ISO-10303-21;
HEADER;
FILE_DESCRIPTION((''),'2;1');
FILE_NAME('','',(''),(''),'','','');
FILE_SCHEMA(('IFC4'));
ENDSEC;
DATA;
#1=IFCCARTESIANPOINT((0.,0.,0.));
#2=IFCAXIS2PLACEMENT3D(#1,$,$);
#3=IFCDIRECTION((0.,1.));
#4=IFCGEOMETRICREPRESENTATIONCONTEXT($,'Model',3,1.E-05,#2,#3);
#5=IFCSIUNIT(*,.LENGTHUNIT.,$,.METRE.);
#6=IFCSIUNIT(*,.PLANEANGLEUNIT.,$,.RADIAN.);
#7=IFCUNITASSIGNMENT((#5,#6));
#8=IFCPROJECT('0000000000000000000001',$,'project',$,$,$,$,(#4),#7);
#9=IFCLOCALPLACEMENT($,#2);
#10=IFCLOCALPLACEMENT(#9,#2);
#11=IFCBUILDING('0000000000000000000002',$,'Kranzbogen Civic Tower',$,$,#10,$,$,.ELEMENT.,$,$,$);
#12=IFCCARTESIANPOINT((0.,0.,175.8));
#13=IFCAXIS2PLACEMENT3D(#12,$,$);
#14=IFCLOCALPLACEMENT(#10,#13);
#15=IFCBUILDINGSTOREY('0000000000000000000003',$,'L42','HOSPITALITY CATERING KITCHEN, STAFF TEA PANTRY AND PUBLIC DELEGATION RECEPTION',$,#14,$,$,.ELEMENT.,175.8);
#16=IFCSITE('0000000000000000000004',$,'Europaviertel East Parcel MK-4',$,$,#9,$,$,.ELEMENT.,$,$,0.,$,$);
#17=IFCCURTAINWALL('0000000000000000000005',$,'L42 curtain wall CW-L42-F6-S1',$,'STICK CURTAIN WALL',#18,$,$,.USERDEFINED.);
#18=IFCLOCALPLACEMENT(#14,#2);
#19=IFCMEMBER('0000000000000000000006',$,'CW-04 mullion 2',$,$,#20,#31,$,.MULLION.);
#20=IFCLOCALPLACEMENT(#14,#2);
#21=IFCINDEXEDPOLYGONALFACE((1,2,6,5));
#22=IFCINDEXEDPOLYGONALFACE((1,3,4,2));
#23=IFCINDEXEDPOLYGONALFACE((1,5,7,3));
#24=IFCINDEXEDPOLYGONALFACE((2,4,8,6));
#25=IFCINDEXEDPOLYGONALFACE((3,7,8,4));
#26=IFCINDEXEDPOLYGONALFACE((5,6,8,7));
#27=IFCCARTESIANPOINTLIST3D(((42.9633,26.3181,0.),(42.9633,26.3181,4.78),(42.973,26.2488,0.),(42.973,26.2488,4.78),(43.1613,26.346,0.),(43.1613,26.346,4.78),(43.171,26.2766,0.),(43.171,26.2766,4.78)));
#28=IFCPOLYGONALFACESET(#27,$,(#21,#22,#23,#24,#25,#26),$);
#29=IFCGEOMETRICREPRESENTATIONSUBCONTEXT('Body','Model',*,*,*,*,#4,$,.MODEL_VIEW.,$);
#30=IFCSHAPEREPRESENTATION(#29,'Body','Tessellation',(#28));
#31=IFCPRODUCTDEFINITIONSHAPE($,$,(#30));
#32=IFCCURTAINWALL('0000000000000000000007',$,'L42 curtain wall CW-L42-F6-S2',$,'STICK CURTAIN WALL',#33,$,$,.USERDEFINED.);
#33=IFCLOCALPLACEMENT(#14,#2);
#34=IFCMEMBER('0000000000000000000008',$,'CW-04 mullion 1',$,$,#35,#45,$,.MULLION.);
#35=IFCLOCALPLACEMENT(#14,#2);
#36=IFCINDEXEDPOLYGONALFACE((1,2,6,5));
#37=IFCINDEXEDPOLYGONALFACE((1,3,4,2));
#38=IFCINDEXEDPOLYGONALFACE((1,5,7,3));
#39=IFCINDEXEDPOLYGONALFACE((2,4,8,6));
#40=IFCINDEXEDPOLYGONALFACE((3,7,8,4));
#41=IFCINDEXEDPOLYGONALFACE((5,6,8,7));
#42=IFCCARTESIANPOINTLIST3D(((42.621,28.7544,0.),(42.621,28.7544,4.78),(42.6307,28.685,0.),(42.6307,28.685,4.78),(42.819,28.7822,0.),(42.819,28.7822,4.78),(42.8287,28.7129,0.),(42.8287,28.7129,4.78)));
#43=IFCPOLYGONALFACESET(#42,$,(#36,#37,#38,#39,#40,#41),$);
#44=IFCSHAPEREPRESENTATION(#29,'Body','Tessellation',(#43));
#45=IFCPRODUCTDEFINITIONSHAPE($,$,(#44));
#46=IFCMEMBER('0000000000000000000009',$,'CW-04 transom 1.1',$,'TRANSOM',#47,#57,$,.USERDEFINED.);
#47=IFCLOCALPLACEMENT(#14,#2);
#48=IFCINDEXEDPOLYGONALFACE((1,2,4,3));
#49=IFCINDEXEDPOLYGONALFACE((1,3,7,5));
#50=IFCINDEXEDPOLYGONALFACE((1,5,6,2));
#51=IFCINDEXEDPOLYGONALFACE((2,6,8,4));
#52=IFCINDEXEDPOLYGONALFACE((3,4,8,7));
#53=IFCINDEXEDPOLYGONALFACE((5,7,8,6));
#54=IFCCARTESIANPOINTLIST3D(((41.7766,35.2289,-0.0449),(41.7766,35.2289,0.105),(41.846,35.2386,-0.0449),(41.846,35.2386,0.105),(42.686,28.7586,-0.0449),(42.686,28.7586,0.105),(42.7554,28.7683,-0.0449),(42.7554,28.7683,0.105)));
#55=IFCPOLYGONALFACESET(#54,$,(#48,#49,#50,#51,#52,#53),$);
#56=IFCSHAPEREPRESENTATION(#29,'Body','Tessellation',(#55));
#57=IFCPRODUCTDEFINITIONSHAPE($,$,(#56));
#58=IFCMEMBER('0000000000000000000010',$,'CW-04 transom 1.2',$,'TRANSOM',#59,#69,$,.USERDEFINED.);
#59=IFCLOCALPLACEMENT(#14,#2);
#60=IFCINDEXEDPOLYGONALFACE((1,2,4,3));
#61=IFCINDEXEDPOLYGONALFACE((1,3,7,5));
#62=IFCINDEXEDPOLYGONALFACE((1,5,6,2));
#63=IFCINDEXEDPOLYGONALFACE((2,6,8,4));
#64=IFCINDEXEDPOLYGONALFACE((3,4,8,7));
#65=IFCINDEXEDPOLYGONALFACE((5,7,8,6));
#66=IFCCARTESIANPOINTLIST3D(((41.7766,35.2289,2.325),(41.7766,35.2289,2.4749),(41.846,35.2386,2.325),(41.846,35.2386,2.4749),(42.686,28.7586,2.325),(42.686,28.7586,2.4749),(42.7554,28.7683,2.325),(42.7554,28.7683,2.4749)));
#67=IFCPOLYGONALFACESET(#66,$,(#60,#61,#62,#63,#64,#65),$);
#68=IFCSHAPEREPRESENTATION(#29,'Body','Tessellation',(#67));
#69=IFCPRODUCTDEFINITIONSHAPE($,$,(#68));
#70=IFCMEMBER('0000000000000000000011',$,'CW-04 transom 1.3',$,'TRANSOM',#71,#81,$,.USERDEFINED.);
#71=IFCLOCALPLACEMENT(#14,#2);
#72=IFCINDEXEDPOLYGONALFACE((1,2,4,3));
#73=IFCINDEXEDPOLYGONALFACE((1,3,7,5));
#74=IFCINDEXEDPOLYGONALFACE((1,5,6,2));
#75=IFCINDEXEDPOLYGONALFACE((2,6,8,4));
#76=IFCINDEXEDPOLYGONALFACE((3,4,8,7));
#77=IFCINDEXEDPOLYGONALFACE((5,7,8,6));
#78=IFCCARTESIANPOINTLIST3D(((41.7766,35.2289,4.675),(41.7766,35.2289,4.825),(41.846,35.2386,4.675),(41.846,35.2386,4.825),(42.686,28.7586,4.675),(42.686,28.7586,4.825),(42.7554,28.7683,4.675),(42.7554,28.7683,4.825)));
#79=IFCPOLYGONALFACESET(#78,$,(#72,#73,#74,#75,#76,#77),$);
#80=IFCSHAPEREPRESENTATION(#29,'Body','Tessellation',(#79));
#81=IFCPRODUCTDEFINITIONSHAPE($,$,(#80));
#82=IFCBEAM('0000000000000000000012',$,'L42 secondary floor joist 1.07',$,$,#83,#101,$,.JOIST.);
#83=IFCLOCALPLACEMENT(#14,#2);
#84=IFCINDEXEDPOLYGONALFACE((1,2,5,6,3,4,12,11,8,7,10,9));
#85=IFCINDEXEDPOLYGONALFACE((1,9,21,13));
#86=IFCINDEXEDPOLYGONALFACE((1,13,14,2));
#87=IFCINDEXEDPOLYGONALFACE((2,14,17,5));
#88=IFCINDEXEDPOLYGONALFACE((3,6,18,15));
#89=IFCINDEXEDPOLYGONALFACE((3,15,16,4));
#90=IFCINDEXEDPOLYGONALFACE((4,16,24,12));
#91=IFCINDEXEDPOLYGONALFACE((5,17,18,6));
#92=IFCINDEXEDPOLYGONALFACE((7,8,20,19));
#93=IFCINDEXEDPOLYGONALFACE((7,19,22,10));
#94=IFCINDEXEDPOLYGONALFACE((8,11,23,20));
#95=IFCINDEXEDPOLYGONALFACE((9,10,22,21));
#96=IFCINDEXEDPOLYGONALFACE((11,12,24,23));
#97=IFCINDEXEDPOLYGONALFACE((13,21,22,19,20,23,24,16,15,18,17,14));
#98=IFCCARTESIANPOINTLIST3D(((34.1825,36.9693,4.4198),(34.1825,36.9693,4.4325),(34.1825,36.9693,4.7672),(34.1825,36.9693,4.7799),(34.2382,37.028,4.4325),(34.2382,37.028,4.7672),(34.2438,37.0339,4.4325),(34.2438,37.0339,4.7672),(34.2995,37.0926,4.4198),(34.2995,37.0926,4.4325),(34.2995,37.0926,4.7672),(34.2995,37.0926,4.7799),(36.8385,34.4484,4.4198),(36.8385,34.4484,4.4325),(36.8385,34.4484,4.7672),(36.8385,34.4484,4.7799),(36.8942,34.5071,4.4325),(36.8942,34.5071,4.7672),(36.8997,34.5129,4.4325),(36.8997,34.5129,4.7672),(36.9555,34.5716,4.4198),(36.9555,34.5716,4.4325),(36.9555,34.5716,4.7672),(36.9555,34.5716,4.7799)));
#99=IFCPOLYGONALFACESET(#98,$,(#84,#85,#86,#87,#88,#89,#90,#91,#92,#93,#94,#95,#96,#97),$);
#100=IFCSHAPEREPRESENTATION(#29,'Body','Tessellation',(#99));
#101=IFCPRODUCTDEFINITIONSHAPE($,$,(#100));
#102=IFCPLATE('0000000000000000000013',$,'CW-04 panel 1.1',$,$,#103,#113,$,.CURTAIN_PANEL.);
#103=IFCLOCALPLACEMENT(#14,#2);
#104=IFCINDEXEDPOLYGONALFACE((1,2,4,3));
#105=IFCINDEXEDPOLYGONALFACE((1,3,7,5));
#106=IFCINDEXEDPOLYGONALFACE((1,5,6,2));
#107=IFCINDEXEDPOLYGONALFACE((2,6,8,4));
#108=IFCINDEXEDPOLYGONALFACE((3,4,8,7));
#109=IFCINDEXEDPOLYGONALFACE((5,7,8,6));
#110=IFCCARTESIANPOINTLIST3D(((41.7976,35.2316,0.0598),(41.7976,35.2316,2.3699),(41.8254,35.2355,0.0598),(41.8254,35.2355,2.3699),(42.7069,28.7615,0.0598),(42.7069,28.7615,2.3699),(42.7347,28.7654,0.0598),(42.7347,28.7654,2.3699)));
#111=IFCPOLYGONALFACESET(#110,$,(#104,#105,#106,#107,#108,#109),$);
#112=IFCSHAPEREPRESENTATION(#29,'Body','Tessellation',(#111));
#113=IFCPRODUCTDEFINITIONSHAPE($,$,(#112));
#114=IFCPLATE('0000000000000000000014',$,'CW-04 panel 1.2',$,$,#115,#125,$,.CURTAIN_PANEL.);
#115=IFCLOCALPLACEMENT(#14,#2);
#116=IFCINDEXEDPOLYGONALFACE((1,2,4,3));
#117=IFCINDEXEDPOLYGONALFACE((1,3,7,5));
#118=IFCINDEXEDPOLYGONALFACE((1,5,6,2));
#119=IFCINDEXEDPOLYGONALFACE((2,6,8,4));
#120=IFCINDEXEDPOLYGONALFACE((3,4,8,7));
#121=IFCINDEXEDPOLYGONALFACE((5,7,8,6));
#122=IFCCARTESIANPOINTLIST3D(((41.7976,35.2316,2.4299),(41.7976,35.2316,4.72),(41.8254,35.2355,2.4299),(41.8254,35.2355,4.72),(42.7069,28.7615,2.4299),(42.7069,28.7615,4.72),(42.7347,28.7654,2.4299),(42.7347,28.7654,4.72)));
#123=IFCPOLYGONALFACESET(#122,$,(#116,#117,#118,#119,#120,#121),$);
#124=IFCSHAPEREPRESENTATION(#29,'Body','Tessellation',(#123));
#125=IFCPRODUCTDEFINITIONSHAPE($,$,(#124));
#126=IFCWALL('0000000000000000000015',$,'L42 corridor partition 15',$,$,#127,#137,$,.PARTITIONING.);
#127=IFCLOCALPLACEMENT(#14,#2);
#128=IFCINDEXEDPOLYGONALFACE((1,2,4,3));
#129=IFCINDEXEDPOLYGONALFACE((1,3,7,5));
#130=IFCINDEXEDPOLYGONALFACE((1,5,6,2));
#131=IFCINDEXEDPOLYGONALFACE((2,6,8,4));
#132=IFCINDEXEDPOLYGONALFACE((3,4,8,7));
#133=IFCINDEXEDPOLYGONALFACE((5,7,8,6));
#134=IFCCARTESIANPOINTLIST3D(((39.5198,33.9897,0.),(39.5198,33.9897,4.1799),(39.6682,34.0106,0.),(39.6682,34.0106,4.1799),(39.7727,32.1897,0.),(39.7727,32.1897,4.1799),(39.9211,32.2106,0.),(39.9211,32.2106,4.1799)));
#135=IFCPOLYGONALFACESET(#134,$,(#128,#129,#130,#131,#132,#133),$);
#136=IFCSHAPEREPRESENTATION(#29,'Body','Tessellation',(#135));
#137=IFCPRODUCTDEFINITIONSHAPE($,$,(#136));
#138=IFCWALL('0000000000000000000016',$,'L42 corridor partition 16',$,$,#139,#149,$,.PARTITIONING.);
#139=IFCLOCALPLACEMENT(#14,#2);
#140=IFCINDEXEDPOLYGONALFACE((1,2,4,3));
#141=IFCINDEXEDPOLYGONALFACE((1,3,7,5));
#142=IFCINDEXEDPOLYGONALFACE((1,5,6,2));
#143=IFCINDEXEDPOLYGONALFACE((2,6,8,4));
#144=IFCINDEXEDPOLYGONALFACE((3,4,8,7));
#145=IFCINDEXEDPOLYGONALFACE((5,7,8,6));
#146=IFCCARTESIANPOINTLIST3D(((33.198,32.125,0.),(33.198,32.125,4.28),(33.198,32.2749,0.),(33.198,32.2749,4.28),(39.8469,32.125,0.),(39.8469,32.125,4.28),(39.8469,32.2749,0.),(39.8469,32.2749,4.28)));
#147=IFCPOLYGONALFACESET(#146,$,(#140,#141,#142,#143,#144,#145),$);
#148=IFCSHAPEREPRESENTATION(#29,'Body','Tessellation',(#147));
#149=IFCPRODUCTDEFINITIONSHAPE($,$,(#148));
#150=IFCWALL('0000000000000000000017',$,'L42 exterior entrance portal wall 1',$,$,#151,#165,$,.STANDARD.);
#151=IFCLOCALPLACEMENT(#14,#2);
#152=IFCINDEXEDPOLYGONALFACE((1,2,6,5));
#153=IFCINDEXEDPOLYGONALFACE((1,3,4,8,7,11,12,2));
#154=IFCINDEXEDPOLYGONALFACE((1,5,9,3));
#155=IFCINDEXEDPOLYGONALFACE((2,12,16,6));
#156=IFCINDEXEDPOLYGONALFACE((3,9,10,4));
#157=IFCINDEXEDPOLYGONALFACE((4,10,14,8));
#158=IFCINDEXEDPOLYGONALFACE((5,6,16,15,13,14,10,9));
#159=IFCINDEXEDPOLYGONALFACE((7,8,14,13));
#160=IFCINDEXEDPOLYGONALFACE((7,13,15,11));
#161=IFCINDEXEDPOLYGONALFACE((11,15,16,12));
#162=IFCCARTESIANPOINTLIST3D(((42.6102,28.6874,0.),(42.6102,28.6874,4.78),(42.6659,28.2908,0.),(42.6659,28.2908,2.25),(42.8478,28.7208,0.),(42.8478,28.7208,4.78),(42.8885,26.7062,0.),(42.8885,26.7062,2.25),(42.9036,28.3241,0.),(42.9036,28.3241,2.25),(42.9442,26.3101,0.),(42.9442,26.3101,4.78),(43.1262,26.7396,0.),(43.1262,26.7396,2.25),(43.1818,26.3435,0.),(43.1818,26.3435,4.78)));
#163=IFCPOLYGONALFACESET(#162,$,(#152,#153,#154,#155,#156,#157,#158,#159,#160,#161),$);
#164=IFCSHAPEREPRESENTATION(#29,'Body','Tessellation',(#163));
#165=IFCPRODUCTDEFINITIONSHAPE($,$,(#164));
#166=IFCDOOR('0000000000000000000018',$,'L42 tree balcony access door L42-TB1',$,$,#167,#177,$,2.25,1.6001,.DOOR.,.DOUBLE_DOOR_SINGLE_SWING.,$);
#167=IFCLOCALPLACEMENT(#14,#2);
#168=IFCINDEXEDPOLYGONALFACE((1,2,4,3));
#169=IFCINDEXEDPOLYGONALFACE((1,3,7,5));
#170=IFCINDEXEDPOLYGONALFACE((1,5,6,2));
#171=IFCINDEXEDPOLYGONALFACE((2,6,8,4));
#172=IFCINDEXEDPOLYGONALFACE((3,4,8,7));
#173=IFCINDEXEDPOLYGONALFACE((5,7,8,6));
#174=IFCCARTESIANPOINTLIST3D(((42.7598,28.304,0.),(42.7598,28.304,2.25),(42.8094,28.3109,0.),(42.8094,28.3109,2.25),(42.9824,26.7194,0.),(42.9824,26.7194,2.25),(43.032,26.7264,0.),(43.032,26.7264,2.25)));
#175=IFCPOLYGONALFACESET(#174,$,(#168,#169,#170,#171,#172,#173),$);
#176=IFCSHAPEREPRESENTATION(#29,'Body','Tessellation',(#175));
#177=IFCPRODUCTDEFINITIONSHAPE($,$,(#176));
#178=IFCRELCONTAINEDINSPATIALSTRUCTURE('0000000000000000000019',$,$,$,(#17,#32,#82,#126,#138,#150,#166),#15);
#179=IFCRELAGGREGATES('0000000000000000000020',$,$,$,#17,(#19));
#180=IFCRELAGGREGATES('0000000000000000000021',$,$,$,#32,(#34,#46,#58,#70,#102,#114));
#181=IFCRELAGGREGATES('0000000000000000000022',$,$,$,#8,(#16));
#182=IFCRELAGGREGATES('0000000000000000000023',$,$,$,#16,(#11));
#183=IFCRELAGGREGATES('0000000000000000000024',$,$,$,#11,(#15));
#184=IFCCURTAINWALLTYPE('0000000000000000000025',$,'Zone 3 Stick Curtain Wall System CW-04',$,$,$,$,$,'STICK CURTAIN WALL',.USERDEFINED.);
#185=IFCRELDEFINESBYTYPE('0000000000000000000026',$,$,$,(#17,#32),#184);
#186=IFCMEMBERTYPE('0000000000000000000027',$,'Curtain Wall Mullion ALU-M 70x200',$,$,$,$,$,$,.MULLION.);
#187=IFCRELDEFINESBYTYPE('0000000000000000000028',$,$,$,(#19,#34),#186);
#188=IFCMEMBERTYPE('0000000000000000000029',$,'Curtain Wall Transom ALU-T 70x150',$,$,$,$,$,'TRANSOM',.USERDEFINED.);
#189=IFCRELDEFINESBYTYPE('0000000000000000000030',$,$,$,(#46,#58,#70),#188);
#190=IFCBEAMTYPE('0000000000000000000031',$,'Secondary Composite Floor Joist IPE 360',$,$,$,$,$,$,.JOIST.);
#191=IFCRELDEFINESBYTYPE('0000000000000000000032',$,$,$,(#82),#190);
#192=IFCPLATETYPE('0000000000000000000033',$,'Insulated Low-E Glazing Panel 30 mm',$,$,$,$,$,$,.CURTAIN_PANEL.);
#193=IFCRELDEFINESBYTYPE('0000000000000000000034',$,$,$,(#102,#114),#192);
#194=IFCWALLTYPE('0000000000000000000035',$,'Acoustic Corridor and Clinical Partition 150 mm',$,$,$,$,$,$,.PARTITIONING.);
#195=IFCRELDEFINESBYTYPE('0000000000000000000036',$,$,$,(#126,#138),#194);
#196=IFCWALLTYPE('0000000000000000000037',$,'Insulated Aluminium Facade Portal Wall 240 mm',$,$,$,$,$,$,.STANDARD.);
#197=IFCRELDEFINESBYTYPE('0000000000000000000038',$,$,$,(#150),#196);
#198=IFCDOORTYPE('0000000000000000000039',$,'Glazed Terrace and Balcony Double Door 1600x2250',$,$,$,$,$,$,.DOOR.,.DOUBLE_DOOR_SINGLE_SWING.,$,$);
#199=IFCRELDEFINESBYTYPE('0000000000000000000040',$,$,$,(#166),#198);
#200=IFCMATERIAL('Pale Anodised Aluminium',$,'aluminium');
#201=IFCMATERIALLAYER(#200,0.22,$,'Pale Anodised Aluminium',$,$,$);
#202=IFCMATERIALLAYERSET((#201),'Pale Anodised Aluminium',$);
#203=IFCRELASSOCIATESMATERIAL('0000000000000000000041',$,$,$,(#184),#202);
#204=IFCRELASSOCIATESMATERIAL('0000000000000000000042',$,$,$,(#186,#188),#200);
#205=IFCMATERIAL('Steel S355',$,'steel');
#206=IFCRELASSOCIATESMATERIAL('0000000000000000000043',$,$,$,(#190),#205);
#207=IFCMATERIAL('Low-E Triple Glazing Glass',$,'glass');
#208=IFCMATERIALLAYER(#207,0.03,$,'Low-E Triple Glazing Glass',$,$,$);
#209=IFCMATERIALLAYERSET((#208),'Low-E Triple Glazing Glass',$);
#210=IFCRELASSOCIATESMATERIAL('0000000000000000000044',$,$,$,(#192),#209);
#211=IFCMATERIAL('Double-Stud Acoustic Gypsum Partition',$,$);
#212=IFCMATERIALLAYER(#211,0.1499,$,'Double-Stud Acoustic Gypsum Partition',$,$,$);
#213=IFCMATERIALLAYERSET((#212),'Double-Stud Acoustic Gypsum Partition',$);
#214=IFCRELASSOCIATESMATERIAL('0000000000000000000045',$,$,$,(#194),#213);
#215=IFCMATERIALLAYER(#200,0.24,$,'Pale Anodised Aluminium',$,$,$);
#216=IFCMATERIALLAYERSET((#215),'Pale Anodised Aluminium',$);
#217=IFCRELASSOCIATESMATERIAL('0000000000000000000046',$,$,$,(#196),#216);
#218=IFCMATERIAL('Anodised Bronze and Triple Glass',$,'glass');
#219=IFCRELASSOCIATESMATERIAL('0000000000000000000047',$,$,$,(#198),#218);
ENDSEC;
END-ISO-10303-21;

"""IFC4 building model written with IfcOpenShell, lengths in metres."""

from ifc_helpers import new_model, si_unit, direction, frame, frame_2d, origin, origin_2d, place, context, subcontext, project, spatial, rectangle, i_section, extrude, material, layer, layer_set, material_profile, profile_set, type_object, element, fill, aggregate, save


model = new_model("IFC4")

# Units and contexts
model_context = context("Model", 3, precision=1e-05, world=origin(), true_north=direction((0.0, 1.0)))
body_context = subcontext(model_context, "Body", "Model", "MODEL_VIEW")
ifc_project = project(units=[si_unit("LENGTHUNIT", "METRE"), si_unit("PLANEANGLEUNIT", "RADIAN")], contexts=[model_context])

# Site, building, storey
site_placement = place(None, origin())
site = spatial("IfcSite", under=ifc_project, at=site_placement, Name="Europaviertel East Parcel MK-4", CompositionType="ELEMENT", RefElevation=0.0)
building_placement = place(site_placement, origin())
building = spatial("IfcBuilding", under=site, at=building_placement, Name="Kranzbogen Civic Tower", CompositionType="ELEMENT")
storey_placement = place(building_placement, frame((0.0, 0.0, 175.8)))
storey = spatial("IfcBuildingStorey", under=building, at=storey_placement, Name="L42", Description="HOSPITALITY CATERING KITCHEN, STAFF TEA PANTRY AND PUBLIC DELEGATION RECEPTION", CompositionType="ELEMENT", Elevation=175.8)

# Curtain wall, member
ifc_material_1 = material(Name="Pale Anodised Aluminium", Category="aluminium")
ifc_layer_1 = layer(ifc_material_1, 0.22, Name="Pale Anodised Aluminium")
ifc_layer_set_1 = layer_set([ifc_layer_1], Name="Pale Anodised Aluminium")
curtain_wall_type = type_object("IfcCurtainWallType", Name="Zone 3 Stick Curtain Wall System CW-04", ElementType="STICK CURTAIN WALL", PredefinedType="USERDEFINED", material=ifc_layer_set_1)
curtain_wall_1_placement = place(storey_placement, origin())
curtain_wall_1 = element("IfcCurtainWall", 1, at=curtain_wall_1_placement, inside=storey, type_object=curtain_wall_type, Name="L42 curtain wall CW-L42-F6-S1", ObjectType="STICK CURTAIN WALL", PredefinedType="USERDEFINED")
ifc_material_profile_1 = material_profile(ifc_material_1, rectangle(XDim=0.0701, YDim=0.2, at=origin_2d()), Name="ALU-M 70x200")
ifc_profile_set_1 = profile_set([ifc_material_profile_1], Name="Pale Anodised Aluminium")
member_type_1 = type_object("IfcMemberType", Name="Curtain Wall Mullion ALU-M 70x200", PredefinedType="MULLION", material=ifc_profile_set_1)
member_1_placement = place(storey_placement, frame((43.0671, 26.2974, 0.0), z_axis=(0.0, 0.0, 1.0), x_axis=(-0.139149, 0.990271, 0.0)))
member_1 = element("IfcMember", 2, at=member_1_placement, type_object=member_type_1, Name="CW-04 mullion 2", PredefinedType="MULLION", context=body_context, shape_type="SweptSolid", body=[
    extrude(rectangle(XDim=0.0701, YDim=0.2, at=origin_2d()), origin(), (0.0, 0.0, 1.0), 4.78),
])
aggregate(curtain_wall_1, [member_1])

# Curtain wall, members
curtain_wall_2_placement = place(storey_placement, origin())
curtain_wall_2 = element("IfcCurtainWall", 3, at=curtain_wall_2_placement, inside=storey, type_object=curtain_wall_type, Name="L42 curtain wall CW-L42-F6-S2", ObjectType="STICK CURTAIN WALL", PredefinedType="USERDEFINED")
member_2_placement = place(storey_placement, frame((42.7249, 28.7336, 0.0), z_axis=(0.0, 0.0, 1.0), x_axis=(-0.13917, 0.990269, 0.0)))
member_2 = element("IfcMember", 4, at=member_2_placement, type_object=member_type_1, Name="CW-04 mullion 1", PredefinedType="MULLION", context=body_context, shape_type="SweptSolid", body=[
    extrude(rectangle(XDim=0.0701, YDim=0.2, at=origin_2d()), origin(), (0.0, 0.0, 1.0), 4.78),
])
ifc_material_profile_2 = material_profile(ifc_material_1, rectangle(XDim=0.0701, YDim=0.1499, at=origin_2d()), Name="ALU-T 70x150")
ifc_profile_set_2 = profile_set([ifc_material_profile_2], Name="Pale Anodised Aluminium")
member_type_2 = type_object("IfcMemberType", Name="Curtain Wall Transom ALU-T 70x150", ElementType="TRANSOM", PredefinedType="USERDEFINED", material=ifc_profile_set_2)
member_3_placement = place(storey_placement, frame((42.7207, 28.7634, 0.03), z_axis=(-0.139187, 0.990266, 0.0), x_axis=(-0.990266, -0.139187, 0.0)))
member_3 = element("IfcMember", 5, at=member_3_placement, type_object=member_type_2, Name="CW-04 transom 1.1", ObjectType="TRANSOM", PredefinedType="USERDEFINED", context=body_context, shape_type="SweptSolid", body=[
    extrude(rectangle(XDim=0.0701, YDim=0.1499, at=origin_2d()), origin(), (0.0, 0.0, 1.0), 6.5339),
])
member_4_placement = place(storey_placement, frame((42.7207, 28.7634, 2.3999), z_axis=(-0.139187, 0.990266, 0.0), x_axis=(-0.990266, -0.139187, 0.0)))
member_4 = element("IfcMember", 6, at=member_4_placement, type_object=member_type_2, Name="CW-04 transom 1.2", ObjectType="TRANSOM", PredefinedType="USERDEFINED", context=body_context, shape_type="SweptSolid", body=[
    extrude(rectangle(XDim=0.0701, YDim=0.1499, at=origin_2d()), origin(), (0.0, 0.0, 1.0), 6.5339),
])
member_5_placement = place(storey_placement, frame((42.7207, 28.7634, 4.75), z_axis=(-0.139187, 0.990266, 0.0), x_axis=(-0.990266, -0.139187, 0.0)))
member_5 = element("IfcMember", 7, at=member_5_placement, type_object=member_type_2, Name="CW-04 transom 1.3", ObjectType="TRANSOM", PredefinedType="USERDEFINED", context=body_context, shape_type="SweptSolid", body=[
    extrude(rectangle(XDim=0.0701, YDim=0.1499, at=origin_2d()), origin(), (0.0, 0.0, 1.0), 6.5339),
])

# Beam
ifc_material_2 = material(Name="Steel S355", Category="steel")
ifc_material_profile_3 = material_profile(ifc_material_2, i_section(OverallWidth=0.1699, OverallDepth=0.3601, WebThickness=0.0081, FlangeThickness=0.0127, at=origin_2d()), Name="IPE 360")
ifc_profile_set_3 = profile_set([ifc_material_profile_3], Name="Steel S355")
beam_type = type_object("IfcBeamType", Name="Secondary Composite Floor Joist IPE 360", PredefinedType="JOIST", material=ifc_profile_set_3)
beam_placement = place(storey_placement, frame((36.897, 34.51, 4.5999), z_axis=(-0.725301, 0.688432, 0.0), x_axis=(-0.688432, -0.725301, 0.0)))
element("IfcBeam", 8, at=beam_placement, inside=storey, type_object=beam_type, Name="L42 secondary floor joist 1.07", PredefinedType="JOIST", context=body_context, shape_type="SweptSolid", body=[
    extrude(i_section(OverallWidth=0.1699, OverallDepth=0.3601, WebThickness=0.0081, FlangeThickness=0.0127, at=origin_2d()), origin(), (0.0, 0.0, 1.0), 3.6619),
])

# Plates
ifc_material_3 = material(Name="Low-E Triple Glazing Glass", Category="glass")
ifc_layer_2 = layer(ifc_material_3, 0.03, Name="Low-E Triple Glazing Glass")
ifc_layer_set_2 = layer_set([ifc_layer_2], Name="Low-E Triple Glazing Glass")
plate_type = type_object("IfcPlateType", Name="Insulated Low-E Glazing Panel 30 mm", PredefinedType="CURTAIN_PANEL", material=ifc_layer_set_2)
plate_1_placement = place(storey_placement, frame((42.2661, 31.9985, 0.0598), z_axis=(0.0, 0.0, 1.0), x_axis=(-0.13917, 0.990269, 0.0)))
plate_1 = element("IfcPlate", 9, at=plate_1_placement, type_object=plate_type, Name="CW-04 panel 1.1", PredefinedType="CURTAIN_PANEL", context=body_context, shape_type="SweptSolid", body=[
    extrude(rectangle(XDim=6.5337, YDim=0.0281, at=origin_2d()), origin(), (0.0, 0.0, 1.0), 2.3101),
])
plate_2_placement = place(storey_placement, frame((42.2661, 31.9985, 2.4299), z_axis=(0.0, 0.0, 1.0), x_axis=(-0.13917, 0.990269, 0.0)))
plate_2 = element("IfcPlate", 10, at=plate_2_placement, type_object=plate_type, Name="CW-04 panel 1.2", PredefinedType="CURTAIN_PANEL", context=body_context, shape_type="SweptSolid", body=[
    extrude(rectangle(XDim=6.5337, YDim=0.0281, at=origin_2d()), origin(), (0.0, 0.0, 1.0), 2.29),
])
aggregate(curtain_wall_2, [member_2, member_3, member_4, member_5, plate_1, plate_2])

# Walls
ifc_material_4 = material(Name="Double-Stud Acoustic Gypsum Partition")
ifc_layer_3 = layer(ifc_material_4, 0.1499, Name="Double-Stud Acoustic Gypsum Partition")
ifc_layer_set_3 = layer_set([ifc_layer_3], Name="Double-Stud Acoustic Gypsum Partition")
wall_type_1 = type_object("IfcWallType", Name="Acoustic Corridor and Clinical Partition 150 mm", PredefinedType="PARTITIONING", material=ifc_layer_set_3)
wall_1_placement = place(storey_placement, frame((39.594, 34.0, 0.0), z_axis=(0.0, 0.0, 1.0), x_axis=(0.139146, -0.990272, 0.0)))
element("IfcWall", 11, at=wall_1_placement, inside=storey, type_object=wall_type_1, Name="L42 corridor partition 15", PredefinedType="PARTITIONING", context=body_context, shape_type="SweptSolid", body=[
    extrude(rectangle(XDim=1.8176, YDim=0.1499, at=frame_2d((0.9087, 0.0))), origin(), (0.0, 0.0, 1.0), 4.1799),
])
wall_2_placement = place(storey_placement, frame((39.8469, 32.2, 0.0), z_axis=(0.0, 0.0, 1.0), x_axis=(-1.0, 0.0, 0.0)))
element("IfcWall", 12, at=wall_2_placement, inside=storey, type_object=wall_type_1, Name="L42 corridor partition 16", PredefinedType="PARTITIONING", context=body_context, shape_type="SweptSolid", body=[
    extrude(rectangle(XDim=6.6489, YDim=0.1499, at=frame_2d((3.3245, 0.0))), origin(), (0.0, 0.0, 1.0), 4.28),
])

# Wall, opening, door
ifc_layer_4 = layer(ifc_material_1, 0.24, Name="Pale Anodised Aluminium")
ifc_layer_set_4 = layer_set([ifc_layer_4], Name="Pale Anodised Aluminium")
wall_type_2 = type_object("IfcWallType", Name="Insulated Aluminium Facade Portal Wall 240 mm", PredefinedType="STANDARD", material=ifc_layer_set_4)
wall_3_placement = place(storey_placement, frame((43.063, 26.3269, 0.0), z_axis=(0.0, 0.0, 1.0), x_axis=(-0.139129, 0.990274, 0.0)))
wall_3 = element("IfcWall", 13, at=wall_3_placement, inside=storey, type_object=wall_type_2, Name="L42 exterior entrance portal wall 1", PredefinedType="STANDARD", context=body_context, shape_type="SweptSolid", body=[
    extrude(rectangle(XDim=2.4006, YDim=0.24, at=frame_2d((1.2002, 0.0))), origin(), (0.0, 0.0, 1.0), 4.78),
])
opening_placement = place(wall_3_placement, frame((0.3999, 0.0, 0.0)))
opening = element("IfcOpeningElement", 14, at=opening_placement, cuts=wall_3, PredefinedType="OPENING", context=body_context, shape_type="SweptSolid", body=[
    extrude(rectangle(XDim=1.6001, YDim=2.25, at=frame_2d((0.8, 1.125))), frame((0.0, 0.1299, 0.0), z_axis=(0.0, -1.0, 0.0), x_axis=(1.0, 0.0, 0.0)), (0.0, 0.0, 1.0), 0.26),
])
ifc_material_5 = material(Name="Anodised Bronze and Triple Glass", Category="glass")
door_type = type_object("IfcDoorType", Name="Glazed Terrace and Balcony Double Door 1600x2250", OperationType="DOUBLE_DOOR_SINGLE_SWING", PredefinedType="DOOR", material=ifc_material_5)
door_placement = place(opening_placement, frame((1.6001, 0.0, 0.0), z_axis=(0.0, 0.0, 1.0), x_axis=(-1.0, 0.0, 0.0)))
door = element("IfcDoor", 15, at=door_placement, inside=storey, type_object=door_type, Name="L42 tree balcony access door L42-TB1", OperationType="DOUBLE_DOOR_SINGLE_SWING", OverallHeight=2.25, OverallWidth=1.6001, PredefinedType="DOOR", context=body_context, shape_type="SweptSolid", body=[
    extrude(rectangle(XDim=1.6001, YDim=2.25, at=frame_2d((0.8, 1.125))), frame((0.0, 0.0249, 0.0), z_axis=(0.0, -1.0, 0.0), x_axis=(1.0, 0.0, 0.0)), (0.0, 0.0, 1.0), 0.05),
])
fill(opening, door)

save(model, "model.ifc")
